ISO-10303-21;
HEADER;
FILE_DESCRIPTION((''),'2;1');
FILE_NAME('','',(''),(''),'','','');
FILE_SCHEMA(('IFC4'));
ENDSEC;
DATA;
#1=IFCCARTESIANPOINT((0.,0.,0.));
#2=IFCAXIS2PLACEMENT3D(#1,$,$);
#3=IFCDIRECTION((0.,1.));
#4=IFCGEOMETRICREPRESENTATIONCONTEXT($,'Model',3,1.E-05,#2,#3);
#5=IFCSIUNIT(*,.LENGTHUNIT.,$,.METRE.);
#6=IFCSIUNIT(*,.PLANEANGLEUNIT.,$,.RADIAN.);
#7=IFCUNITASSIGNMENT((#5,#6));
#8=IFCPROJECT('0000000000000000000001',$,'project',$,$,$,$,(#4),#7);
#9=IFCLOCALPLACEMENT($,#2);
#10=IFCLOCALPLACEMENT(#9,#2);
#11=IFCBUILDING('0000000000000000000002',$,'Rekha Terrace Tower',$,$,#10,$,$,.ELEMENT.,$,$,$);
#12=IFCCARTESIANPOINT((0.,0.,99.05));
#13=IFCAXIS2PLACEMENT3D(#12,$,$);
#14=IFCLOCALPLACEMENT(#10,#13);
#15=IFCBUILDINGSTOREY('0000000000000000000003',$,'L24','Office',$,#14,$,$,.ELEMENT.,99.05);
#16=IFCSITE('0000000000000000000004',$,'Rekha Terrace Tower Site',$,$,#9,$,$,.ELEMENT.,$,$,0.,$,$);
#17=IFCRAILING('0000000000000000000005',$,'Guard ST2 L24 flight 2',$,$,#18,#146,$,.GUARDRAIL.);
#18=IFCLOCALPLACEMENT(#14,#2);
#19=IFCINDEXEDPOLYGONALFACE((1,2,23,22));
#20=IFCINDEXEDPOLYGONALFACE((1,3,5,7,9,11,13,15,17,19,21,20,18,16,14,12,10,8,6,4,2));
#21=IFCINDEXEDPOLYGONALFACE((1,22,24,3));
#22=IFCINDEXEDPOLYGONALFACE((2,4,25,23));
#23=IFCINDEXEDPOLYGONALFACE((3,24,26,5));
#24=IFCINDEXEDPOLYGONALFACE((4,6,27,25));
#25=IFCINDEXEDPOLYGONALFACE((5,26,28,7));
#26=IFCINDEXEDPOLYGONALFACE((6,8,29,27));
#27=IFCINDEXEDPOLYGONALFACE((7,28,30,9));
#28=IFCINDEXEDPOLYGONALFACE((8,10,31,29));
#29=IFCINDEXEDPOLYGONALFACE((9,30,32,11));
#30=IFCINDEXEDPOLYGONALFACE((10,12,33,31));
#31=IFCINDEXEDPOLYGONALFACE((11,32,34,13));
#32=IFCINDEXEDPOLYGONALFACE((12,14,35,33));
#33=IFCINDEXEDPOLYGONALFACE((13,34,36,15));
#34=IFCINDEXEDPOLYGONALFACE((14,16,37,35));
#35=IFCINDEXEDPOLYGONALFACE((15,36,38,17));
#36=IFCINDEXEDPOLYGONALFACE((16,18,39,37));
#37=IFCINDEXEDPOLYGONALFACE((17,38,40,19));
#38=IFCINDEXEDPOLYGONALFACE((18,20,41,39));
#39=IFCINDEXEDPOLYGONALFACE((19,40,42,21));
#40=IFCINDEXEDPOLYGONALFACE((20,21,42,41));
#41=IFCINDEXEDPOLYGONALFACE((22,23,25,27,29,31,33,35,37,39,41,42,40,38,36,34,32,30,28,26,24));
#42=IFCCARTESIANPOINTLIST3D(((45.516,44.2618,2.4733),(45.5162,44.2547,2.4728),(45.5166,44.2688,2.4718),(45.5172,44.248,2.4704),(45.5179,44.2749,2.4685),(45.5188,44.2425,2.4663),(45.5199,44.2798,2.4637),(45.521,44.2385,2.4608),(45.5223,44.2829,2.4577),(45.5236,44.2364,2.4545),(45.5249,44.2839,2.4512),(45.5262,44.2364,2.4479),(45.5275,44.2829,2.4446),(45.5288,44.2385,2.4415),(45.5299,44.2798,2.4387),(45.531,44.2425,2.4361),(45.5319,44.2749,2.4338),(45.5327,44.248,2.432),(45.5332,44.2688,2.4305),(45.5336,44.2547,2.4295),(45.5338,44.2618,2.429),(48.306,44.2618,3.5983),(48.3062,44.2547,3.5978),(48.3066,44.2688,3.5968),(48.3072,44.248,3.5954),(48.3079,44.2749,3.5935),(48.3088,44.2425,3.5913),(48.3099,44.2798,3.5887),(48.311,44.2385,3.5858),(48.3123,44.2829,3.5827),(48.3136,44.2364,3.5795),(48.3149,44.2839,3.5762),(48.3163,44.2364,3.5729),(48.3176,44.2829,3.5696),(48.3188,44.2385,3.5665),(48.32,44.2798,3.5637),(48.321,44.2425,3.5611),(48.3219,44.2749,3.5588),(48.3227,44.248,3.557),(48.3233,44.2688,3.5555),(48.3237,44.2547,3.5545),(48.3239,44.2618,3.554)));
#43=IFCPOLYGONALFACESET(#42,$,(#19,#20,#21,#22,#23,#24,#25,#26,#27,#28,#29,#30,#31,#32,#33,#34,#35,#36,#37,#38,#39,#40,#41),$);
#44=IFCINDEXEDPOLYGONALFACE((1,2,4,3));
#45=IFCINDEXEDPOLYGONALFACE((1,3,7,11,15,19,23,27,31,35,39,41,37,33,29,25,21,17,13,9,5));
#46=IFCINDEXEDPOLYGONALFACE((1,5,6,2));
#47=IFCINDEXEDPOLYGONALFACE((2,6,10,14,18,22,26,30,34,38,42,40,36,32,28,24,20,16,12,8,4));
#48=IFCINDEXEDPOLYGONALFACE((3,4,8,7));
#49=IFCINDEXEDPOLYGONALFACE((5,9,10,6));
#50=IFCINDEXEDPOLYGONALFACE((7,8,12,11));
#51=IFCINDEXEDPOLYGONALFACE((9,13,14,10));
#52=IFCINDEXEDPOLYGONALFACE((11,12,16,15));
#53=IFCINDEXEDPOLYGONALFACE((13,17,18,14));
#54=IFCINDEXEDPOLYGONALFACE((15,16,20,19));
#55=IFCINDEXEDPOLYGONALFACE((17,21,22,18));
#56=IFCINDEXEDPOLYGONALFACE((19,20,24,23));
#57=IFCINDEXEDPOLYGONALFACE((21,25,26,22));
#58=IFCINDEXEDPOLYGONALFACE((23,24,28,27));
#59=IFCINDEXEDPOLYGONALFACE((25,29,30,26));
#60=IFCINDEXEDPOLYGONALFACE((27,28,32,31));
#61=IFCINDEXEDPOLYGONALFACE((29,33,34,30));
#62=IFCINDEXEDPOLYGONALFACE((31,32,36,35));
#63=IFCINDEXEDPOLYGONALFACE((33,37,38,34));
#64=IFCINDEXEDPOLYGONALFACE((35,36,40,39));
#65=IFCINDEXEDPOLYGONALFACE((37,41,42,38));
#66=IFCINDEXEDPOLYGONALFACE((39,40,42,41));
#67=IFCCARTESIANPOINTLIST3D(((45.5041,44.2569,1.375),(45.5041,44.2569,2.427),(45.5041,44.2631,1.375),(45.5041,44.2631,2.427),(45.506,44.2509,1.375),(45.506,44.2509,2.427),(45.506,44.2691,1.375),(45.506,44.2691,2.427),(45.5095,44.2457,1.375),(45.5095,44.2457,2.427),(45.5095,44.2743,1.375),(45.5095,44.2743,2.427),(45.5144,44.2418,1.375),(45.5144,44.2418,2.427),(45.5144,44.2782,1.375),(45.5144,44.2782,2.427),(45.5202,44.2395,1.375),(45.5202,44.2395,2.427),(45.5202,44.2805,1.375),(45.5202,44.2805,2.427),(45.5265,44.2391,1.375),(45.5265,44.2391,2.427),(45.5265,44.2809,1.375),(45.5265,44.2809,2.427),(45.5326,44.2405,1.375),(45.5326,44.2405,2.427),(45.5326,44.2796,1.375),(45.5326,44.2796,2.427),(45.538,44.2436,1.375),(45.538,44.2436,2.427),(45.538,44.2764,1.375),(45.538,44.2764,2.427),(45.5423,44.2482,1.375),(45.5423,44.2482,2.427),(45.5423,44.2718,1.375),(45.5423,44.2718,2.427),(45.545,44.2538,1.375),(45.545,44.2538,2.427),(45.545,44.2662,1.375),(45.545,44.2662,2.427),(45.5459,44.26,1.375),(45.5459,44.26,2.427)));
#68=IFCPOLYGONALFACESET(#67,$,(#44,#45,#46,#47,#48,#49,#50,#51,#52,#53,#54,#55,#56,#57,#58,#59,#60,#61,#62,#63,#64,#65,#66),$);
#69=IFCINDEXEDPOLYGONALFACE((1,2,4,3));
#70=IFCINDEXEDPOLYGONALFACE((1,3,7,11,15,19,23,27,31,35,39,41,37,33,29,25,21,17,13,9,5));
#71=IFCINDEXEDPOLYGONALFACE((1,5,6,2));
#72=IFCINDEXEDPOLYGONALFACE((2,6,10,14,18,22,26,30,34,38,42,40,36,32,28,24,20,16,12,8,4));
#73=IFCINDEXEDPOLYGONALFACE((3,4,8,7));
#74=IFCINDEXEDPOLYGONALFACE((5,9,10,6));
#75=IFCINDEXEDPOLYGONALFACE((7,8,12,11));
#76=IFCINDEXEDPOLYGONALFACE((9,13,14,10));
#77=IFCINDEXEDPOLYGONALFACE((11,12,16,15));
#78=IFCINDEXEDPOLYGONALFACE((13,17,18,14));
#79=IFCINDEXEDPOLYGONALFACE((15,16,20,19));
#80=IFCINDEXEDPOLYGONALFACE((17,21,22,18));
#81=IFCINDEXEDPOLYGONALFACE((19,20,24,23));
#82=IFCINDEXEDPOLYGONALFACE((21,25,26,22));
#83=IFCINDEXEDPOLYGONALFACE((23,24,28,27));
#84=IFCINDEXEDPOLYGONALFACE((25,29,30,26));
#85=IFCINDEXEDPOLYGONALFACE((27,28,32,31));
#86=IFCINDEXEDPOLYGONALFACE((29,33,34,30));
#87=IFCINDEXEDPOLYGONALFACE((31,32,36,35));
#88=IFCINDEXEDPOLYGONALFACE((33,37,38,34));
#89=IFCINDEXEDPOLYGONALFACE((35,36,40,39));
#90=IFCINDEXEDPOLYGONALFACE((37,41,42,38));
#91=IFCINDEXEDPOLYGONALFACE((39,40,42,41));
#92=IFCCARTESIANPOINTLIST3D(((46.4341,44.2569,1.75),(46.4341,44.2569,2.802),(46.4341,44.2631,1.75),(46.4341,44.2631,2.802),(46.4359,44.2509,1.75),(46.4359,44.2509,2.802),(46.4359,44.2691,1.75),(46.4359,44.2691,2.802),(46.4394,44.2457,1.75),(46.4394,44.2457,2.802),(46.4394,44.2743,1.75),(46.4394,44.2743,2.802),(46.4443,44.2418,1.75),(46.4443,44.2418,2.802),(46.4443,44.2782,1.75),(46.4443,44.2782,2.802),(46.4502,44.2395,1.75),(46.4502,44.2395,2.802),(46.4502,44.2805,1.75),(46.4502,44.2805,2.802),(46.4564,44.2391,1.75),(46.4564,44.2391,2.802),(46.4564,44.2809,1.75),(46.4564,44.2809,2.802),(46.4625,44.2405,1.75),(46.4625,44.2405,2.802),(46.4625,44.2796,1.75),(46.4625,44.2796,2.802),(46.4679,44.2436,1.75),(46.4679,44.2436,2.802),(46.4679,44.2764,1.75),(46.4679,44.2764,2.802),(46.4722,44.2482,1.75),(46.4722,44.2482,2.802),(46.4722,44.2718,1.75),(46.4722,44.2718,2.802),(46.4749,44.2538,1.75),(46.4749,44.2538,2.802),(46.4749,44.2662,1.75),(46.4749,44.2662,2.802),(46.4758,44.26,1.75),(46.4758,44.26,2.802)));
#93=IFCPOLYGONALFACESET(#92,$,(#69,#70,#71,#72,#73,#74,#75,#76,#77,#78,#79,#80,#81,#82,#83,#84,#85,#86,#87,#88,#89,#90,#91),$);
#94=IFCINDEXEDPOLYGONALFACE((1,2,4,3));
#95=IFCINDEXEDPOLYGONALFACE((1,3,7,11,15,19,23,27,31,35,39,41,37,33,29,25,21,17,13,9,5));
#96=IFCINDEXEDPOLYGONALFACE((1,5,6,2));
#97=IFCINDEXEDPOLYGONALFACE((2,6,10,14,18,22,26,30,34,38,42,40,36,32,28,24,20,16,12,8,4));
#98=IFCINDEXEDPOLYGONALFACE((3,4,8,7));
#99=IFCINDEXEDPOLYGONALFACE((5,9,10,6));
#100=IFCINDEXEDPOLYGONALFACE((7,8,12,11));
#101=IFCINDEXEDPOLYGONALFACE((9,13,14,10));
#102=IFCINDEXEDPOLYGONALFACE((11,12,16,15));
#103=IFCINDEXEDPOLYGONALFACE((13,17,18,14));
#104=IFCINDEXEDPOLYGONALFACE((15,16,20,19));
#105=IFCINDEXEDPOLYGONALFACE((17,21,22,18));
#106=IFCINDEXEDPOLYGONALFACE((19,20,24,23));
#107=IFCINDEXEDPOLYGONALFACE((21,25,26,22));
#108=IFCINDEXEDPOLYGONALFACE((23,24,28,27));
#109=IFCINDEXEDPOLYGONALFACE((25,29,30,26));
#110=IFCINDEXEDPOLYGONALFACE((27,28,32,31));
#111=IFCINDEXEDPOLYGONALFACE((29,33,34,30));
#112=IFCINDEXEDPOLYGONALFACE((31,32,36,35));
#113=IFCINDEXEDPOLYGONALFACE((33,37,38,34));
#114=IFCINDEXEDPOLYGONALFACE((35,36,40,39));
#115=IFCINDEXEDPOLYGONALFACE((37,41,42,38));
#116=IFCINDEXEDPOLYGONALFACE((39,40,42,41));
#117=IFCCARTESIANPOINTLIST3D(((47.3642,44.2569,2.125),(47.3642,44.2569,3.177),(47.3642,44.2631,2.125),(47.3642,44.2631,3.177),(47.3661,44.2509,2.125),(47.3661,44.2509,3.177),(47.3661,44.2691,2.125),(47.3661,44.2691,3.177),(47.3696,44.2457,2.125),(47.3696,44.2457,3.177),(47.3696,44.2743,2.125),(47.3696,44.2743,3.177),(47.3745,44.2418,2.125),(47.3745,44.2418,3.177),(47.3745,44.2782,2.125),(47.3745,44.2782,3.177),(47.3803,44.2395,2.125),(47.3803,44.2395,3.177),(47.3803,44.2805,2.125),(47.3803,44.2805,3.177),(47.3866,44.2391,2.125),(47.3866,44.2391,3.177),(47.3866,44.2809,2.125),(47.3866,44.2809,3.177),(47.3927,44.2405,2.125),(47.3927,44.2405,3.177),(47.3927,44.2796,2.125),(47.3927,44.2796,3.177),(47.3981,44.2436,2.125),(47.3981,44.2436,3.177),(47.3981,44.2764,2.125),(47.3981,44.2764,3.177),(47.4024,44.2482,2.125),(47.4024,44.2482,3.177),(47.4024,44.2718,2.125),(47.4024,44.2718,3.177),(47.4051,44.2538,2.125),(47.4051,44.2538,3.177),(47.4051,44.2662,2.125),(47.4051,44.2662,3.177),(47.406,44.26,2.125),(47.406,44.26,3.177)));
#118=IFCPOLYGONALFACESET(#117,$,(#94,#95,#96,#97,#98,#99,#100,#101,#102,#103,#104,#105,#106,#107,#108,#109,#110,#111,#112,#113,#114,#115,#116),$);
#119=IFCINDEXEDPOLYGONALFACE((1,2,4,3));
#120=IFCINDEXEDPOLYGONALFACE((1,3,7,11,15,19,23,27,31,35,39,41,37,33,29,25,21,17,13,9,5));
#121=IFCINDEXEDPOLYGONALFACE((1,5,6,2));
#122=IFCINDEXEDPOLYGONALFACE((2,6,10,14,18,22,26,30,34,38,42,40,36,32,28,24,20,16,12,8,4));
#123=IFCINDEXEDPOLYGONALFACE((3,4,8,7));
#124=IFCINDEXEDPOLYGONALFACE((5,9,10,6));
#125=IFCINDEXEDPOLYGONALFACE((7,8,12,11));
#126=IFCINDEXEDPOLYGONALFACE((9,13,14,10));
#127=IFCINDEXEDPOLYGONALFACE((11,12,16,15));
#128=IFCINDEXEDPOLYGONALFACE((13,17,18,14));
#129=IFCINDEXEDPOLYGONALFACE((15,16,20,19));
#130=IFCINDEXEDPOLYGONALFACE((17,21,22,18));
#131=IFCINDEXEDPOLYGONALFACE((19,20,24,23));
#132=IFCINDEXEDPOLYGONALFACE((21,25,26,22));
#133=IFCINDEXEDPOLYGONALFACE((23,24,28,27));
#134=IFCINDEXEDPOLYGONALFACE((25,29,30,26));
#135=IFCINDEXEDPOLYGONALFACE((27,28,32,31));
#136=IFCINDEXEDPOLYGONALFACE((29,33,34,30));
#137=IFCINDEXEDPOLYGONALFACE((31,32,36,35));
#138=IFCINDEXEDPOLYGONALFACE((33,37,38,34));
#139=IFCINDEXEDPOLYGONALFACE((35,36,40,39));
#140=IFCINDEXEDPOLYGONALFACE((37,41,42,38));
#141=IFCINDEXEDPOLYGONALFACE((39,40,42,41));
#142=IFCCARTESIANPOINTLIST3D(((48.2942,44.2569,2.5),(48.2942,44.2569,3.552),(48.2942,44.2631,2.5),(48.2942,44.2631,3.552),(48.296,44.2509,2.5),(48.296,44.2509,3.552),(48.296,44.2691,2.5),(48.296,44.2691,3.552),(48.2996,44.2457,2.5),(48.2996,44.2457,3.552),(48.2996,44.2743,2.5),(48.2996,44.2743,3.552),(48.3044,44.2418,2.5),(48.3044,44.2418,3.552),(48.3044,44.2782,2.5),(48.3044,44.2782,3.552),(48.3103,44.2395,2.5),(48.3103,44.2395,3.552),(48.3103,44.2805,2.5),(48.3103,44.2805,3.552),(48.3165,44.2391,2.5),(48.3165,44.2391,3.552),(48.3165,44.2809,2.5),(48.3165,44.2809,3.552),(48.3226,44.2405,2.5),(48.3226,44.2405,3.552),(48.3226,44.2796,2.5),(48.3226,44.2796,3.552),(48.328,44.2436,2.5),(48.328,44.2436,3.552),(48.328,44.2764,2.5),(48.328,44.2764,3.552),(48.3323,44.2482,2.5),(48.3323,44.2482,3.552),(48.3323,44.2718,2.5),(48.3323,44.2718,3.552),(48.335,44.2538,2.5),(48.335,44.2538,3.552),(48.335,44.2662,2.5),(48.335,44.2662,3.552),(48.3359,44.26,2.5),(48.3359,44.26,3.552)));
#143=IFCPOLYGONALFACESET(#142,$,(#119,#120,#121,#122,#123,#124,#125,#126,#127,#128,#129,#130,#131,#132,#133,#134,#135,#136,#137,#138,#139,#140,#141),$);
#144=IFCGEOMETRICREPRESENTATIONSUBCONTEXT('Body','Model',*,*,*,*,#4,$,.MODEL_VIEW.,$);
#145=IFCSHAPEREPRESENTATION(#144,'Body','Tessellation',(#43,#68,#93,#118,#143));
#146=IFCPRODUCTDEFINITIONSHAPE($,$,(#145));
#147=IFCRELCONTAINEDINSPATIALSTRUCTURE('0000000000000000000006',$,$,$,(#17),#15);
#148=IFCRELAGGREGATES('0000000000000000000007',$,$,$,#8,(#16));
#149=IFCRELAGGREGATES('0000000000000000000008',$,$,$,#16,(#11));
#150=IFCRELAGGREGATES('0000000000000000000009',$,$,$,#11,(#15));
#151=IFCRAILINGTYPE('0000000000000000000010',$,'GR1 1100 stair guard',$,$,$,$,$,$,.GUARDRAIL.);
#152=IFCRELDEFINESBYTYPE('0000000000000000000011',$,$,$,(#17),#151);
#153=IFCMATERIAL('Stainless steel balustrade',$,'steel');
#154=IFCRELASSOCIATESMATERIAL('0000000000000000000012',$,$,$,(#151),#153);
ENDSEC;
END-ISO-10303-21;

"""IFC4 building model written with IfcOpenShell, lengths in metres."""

from ifc_helpers import new_model, si_unit, direction, frame, origin, origin_2d, place, context, subcontext, project, spatial, circle, extrude, material, type_object, element, save


model = new_model("IFC4")

# Units and contexts
model_context = context("Model", 3, precision=1e-05, world=origin(), true_north=direction((0.0, 1.0)))
body_context = subcontext(model_context, "Body", "Model", "MODEL_VIEW")
ifc_project = project(units=[si_unit("LENGTHUNIT", "METRE"), si_unit("PLANEANGLEUNIT", "RADIAN")], contexts=[model_context])

# Site, building, storey
site_placement = place(None, origin())
site = spatial("IfcSite", under=ifc_project, at=site_placement, Name="Rekha Terrace Tower Site", CompositionType="ELEMENT", RefElevation=0.0)
building_placement = place(site_placement, origin())
building = spatial("IfcBuilding", under=site, at=building_placement, Name="Rekha Terrace Tower", CompositionType="ELEMENT")
storey_placement = place(building_placement, frame((0.0, 0.0, 99.05)))
storey = spatial("IfcBuildingStorey", under=building, at=storey_placement, Name="L24", Description="Office", CompositionType="ELEMENT", Elevation=99.05)

# Railing
ifc_material_1 = material(Name="Stainless steel balustrade", Category="steel")
railing_type_1 = type_object("IfcRailingType", Name="GR1 1100 stair guard", PredefinedType="GUARDRAIL", material=ifc_material_1)
railing_1_placement = place(storey_placement, frame((45.5249, 44.26, 1.375)))
element("IfcRailing", 1, at=railing_1_placement, inside=storey, type_object=railing_type_1, Name="Guard ST2 L24 flight 2", PredefinedType="GUARDRAIL", context=body_context, shape_type="SweptSolid", body=[
    extrude(circle(Radius=0.0239, at=origin_2d()), frame((0.0, 0.0, 1.0762), z_axis=(0.927443, 0.0, 0.373964), x_axis=(0.0, 1.0, 0.0)), (0.0, 0.0, 1.0), 3.0083),
    extrude(circle(Radius=0.021, at=origin_2d()), origin(), (0.0, 0.0, 1.0), 1.052),
    extrude(circle(Radius=0.021, at=origin_2d()), frame((0.9299, 0.0, 0.375)), (0.0, 0.0, 1.0), 1.052),
    extrude(circle(Radius=0.021, at=origin_2d()), frame((1.8601, 0.0, 0.75)), (0.0, 0.0, 1.0), 1.052),
    extrude(circle(Radius=0.021, at=origin_2d()), frame((2.79, 0.0, 1.125)), (0.0, 0.0, 1.0), 1.052),
])

save(model, "model.ifc")
